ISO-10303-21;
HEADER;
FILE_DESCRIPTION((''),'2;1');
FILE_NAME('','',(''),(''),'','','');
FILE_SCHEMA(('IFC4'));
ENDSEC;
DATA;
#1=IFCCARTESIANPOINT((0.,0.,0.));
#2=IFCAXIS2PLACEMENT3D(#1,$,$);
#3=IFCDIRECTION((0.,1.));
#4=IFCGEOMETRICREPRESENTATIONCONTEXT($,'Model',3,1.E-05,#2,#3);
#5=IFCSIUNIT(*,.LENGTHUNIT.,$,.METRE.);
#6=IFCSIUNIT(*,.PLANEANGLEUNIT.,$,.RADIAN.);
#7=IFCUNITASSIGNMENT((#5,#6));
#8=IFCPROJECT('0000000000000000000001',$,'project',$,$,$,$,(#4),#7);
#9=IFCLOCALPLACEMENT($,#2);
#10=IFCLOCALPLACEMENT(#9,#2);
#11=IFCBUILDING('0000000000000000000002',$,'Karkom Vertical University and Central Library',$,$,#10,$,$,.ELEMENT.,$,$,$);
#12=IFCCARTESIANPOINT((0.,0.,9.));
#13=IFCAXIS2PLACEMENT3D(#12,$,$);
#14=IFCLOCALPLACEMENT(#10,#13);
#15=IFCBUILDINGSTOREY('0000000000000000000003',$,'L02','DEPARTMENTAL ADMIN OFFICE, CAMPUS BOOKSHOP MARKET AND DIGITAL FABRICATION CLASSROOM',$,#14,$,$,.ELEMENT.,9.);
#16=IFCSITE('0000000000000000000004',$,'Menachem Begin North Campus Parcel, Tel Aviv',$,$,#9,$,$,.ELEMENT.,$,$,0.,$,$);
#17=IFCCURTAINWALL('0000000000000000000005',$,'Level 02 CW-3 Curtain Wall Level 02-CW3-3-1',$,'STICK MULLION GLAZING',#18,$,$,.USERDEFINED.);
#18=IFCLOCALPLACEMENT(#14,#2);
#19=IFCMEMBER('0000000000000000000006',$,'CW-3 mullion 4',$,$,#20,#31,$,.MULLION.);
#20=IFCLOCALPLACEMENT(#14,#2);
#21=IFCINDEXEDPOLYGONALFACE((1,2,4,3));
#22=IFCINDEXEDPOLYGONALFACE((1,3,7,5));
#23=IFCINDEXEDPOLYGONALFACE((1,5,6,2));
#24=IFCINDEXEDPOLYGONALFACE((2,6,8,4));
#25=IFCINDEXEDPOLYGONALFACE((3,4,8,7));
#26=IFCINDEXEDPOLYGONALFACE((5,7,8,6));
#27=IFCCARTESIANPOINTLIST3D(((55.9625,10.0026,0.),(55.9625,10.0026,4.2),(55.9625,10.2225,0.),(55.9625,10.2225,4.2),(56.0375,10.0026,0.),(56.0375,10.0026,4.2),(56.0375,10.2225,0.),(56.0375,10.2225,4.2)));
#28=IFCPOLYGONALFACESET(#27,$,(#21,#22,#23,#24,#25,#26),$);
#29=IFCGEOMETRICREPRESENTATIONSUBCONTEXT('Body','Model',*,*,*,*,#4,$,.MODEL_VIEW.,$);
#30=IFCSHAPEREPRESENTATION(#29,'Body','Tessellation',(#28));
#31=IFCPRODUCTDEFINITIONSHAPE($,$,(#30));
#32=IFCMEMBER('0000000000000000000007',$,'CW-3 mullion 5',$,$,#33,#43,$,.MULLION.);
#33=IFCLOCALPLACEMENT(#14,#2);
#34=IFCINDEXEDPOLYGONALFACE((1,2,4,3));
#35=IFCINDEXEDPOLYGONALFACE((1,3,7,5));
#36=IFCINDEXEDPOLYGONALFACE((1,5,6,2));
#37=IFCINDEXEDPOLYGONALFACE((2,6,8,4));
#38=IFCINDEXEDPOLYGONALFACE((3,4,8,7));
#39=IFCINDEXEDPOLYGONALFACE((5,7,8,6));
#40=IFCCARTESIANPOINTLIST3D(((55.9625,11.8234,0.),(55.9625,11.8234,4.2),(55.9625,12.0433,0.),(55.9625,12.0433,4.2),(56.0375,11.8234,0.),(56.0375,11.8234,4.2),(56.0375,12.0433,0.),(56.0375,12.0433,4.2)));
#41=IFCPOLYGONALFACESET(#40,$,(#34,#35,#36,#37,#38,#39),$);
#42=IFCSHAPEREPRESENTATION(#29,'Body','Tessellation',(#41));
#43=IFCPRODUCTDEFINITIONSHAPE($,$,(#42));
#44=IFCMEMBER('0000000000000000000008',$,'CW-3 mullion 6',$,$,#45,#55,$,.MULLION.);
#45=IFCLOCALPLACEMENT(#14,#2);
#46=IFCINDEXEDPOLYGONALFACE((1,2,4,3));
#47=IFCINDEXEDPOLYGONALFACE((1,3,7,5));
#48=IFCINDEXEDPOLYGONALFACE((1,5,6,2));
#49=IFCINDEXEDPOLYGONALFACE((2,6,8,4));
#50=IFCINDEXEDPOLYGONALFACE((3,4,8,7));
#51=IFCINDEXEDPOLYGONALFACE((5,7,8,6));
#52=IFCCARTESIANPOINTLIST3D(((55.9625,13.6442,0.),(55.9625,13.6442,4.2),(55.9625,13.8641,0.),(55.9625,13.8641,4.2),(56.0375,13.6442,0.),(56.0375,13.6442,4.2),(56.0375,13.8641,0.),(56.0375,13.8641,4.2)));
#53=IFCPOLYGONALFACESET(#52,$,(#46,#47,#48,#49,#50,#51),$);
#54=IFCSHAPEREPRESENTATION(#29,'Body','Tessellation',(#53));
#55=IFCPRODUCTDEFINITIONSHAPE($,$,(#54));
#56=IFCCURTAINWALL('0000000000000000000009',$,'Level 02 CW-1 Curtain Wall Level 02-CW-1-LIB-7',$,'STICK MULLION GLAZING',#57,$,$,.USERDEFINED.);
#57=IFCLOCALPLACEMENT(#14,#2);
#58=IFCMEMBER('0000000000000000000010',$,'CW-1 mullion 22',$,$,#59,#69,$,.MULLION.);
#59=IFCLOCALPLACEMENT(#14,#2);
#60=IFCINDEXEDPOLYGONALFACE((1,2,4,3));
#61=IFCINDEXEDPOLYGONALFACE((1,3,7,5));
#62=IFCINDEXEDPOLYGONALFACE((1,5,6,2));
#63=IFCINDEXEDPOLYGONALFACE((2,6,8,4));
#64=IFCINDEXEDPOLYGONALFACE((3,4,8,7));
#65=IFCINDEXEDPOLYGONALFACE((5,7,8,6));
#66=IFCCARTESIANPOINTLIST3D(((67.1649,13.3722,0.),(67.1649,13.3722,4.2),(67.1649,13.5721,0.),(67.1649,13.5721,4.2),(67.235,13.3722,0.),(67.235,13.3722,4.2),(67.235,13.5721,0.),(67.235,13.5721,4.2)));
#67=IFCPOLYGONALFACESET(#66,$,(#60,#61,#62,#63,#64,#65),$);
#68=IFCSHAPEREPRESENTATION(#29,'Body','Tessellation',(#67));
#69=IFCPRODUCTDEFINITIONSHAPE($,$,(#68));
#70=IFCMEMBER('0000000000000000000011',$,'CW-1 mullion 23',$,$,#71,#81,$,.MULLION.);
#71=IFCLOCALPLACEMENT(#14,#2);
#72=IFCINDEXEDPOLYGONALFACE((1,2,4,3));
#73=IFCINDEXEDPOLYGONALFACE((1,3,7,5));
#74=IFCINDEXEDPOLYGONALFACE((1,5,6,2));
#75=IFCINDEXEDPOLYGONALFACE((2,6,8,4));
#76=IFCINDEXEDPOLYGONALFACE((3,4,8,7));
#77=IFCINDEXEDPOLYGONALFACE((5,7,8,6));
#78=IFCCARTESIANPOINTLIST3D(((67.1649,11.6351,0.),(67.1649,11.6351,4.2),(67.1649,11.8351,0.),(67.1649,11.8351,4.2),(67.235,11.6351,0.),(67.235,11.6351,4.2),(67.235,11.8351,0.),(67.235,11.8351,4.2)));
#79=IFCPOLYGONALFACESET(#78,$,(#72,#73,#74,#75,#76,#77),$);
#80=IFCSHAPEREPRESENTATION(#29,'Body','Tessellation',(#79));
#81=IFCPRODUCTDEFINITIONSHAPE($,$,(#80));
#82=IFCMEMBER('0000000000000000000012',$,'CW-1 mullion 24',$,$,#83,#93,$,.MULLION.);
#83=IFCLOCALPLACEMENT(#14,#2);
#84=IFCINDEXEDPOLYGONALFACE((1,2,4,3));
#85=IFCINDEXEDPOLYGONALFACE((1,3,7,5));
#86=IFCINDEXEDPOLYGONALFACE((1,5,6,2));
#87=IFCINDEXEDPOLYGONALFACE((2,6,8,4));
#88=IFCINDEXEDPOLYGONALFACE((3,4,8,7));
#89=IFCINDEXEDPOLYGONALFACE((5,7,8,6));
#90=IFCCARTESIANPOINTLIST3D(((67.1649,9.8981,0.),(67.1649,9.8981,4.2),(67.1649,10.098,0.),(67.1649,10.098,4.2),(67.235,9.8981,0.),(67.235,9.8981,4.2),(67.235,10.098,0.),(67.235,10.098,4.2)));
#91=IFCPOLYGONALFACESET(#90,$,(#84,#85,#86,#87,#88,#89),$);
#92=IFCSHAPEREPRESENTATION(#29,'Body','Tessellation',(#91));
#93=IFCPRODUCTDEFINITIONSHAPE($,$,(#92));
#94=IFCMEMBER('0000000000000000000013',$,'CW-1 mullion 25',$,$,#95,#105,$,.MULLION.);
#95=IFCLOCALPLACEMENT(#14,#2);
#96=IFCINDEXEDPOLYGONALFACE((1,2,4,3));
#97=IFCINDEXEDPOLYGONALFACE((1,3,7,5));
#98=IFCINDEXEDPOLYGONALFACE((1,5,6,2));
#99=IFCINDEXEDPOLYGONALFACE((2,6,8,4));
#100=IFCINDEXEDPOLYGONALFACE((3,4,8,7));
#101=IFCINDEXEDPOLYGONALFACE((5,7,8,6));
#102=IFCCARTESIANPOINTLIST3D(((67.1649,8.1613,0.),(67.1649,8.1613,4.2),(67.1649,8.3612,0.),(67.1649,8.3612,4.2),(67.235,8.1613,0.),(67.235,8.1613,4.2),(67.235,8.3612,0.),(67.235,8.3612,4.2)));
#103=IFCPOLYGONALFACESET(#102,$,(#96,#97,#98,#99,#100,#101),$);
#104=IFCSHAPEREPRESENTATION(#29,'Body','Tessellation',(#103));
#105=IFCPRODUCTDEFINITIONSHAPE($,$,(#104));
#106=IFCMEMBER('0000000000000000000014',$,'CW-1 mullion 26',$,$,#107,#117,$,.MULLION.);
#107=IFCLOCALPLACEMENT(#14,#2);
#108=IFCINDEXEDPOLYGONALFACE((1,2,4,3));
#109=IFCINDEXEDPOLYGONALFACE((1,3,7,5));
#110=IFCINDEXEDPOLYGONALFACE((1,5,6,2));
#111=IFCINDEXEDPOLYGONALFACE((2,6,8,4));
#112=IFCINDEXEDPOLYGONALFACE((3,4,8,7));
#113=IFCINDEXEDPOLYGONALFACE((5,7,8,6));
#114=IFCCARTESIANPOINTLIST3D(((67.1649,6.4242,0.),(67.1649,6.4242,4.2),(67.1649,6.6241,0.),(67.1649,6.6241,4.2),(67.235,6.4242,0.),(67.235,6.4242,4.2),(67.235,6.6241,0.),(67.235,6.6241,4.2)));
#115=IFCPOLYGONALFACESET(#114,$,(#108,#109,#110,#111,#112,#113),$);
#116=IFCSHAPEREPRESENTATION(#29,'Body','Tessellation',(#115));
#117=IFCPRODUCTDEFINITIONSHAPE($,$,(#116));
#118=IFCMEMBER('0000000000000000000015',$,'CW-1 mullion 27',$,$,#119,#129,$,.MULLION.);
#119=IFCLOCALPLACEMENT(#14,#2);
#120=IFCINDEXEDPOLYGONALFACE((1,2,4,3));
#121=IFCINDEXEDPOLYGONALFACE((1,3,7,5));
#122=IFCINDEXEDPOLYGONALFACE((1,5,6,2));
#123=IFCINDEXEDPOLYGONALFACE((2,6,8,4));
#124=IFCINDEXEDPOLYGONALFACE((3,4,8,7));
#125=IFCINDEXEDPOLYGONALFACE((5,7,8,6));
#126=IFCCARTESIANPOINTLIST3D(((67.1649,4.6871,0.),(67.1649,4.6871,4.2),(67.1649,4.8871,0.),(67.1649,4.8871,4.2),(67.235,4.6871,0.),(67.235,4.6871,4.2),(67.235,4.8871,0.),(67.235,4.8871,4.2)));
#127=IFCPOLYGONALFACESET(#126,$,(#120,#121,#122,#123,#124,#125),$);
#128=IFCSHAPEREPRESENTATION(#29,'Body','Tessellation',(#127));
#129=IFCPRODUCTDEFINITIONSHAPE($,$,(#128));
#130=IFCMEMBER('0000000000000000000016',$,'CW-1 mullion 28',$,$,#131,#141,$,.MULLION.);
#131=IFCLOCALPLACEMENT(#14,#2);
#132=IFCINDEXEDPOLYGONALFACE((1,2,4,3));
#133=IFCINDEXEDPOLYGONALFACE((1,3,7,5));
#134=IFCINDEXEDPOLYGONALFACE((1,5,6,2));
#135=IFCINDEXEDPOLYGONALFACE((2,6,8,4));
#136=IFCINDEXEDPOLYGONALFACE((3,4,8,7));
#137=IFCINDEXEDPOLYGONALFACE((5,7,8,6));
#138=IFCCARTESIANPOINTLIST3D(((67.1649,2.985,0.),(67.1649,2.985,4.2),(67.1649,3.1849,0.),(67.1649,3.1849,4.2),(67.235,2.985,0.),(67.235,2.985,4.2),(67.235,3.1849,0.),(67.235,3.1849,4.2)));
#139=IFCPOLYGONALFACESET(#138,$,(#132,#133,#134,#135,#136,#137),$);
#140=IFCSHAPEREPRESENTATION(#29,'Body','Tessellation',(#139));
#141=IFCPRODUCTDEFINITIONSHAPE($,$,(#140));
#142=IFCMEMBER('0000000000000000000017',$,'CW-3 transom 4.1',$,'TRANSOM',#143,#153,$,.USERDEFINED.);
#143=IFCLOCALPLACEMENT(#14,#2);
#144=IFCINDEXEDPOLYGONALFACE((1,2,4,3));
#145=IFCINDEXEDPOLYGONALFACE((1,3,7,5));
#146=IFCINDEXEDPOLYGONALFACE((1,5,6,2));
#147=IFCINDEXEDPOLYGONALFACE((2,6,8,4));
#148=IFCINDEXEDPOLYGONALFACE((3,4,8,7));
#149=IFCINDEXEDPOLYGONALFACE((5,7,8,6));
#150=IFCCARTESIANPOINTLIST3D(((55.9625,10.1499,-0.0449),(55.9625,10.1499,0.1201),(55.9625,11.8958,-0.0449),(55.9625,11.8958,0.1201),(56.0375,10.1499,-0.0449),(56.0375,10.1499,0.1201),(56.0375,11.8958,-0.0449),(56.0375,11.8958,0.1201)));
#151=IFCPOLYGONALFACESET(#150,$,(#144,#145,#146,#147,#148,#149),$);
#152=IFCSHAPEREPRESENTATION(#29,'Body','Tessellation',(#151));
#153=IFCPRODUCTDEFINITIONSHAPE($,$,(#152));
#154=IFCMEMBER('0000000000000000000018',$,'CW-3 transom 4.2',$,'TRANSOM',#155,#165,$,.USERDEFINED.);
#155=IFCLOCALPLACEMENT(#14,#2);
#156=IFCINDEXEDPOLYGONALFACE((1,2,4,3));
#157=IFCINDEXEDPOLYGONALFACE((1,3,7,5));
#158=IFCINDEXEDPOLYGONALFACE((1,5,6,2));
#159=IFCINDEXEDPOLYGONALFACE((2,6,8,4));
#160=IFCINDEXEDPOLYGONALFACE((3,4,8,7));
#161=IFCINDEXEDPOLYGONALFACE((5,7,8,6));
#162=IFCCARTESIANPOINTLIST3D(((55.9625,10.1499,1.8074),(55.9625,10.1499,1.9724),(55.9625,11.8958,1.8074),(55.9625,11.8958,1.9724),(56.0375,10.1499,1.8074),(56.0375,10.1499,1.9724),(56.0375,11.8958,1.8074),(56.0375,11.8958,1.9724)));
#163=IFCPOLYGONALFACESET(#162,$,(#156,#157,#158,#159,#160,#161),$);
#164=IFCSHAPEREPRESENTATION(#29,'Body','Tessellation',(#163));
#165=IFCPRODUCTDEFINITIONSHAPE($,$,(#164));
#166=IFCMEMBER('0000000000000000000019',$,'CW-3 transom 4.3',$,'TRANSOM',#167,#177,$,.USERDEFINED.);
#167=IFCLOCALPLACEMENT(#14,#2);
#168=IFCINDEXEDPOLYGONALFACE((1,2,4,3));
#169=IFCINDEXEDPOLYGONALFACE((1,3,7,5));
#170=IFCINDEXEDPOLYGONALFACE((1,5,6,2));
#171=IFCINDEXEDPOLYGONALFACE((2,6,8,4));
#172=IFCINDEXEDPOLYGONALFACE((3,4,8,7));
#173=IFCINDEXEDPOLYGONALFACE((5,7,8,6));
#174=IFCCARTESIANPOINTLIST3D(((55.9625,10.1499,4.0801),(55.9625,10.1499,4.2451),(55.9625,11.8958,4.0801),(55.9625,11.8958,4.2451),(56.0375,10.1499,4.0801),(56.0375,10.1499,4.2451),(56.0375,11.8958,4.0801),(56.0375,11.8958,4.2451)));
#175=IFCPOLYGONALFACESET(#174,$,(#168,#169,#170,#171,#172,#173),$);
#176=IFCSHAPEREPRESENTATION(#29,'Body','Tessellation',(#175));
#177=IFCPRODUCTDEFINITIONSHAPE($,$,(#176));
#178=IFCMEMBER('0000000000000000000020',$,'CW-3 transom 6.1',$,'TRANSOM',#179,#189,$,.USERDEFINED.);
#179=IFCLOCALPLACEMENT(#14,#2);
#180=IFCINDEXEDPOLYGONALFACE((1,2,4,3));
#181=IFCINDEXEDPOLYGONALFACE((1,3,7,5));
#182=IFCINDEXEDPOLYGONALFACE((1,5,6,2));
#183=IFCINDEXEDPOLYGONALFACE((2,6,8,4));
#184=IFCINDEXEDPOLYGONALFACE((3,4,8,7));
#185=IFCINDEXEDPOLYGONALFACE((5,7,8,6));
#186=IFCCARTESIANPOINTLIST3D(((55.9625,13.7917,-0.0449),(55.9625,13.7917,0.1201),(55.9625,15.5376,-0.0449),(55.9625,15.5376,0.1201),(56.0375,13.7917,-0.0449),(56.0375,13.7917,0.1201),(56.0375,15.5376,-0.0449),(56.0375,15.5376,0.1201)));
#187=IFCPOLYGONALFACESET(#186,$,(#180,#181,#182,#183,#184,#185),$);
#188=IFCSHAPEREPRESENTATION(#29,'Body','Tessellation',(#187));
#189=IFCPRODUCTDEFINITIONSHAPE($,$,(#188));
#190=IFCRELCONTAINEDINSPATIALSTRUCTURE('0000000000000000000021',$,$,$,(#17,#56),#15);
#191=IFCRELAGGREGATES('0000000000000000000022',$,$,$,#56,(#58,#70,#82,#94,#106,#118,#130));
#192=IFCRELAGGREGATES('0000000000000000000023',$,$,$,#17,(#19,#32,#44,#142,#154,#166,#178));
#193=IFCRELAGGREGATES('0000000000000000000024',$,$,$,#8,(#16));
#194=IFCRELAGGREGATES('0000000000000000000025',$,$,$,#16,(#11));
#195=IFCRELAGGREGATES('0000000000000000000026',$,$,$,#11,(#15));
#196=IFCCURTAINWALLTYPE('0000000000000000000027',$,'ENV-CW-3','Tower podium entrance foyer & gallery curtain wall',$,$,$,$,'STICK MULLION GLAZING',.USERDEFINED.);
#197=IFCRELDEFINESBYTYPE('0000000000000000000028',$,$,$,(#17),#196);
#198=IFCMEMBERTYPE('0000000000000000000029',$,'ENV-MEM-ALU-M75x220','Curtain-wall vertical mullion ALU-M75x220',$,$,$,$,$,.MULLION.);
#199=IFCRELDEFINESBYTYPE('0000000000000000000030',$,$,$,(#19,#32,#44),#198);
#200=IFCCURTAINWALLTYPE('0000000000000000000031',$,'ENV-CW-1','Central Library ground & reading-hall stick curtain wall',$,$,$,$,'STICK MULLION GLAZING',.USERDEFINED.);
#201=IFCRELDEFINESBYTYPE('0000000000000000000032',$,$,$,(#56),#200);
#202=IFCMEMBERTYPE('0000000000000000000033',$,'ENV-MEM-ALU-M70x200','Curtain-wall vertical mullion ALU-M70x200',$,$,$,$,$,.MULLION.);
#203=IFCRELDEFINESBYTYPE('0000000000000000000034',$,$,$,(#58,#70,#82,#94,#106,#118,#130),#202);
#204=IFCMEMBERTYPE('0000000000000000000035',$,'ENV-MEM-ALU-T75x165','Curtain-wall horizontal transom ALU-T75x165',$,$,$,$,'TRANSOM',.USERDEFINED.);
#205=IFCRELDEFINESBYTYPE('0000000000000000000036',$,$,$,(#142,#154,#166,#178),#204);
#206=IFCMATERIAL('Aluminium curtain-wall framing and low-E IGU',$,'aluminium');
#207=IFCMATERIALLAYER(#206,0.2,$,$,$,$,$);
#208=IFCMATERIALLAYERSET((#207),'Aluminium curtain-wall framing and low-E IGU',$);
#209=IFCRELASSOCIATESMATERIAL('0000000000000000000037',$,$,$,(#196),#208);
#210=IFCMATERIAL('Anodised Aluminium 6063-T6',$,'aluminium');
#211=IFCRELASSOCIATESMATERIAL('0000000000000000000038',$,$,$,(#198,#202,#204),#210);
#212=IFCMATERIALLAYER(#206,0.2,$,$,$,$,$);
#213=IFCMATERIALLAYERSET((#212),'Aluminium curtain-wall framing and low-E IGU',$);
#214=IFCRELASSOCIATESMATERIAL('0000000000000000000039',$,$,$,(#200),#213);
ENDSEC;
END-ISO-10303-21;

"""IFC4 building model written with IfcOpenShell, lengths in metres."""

from ifc_helpers import new_model, si_unit, direction, frame, origin, origin_with_axes, origin_2d, place, context, subcontext, project, spatial, rectangle, extrude, source, transform, mapped, material, layer, layer_set, material_profile, profile_set, type_object, element, aggregate, save


model = new_model("IFC4")

# Units and contexts
model_context = context("Model", 3, precision=1e-05, world=origin(), true_north=direction((0.0, 1.0)))
body_context = subcontext(model_context, "Body", "Model", "MODEL_VIEW")
ifc_project = project(units=[si_unit("LENGTHUNIT", "METRE"), si_unit("PLANEANGLEUNIT", "RADIAN")], contexts=[model_context])

# Site, building, storey
site_placement = place(None, origin())
site = spatial("IfcSite", under=ifc_project, at=site_placement, Name="Menachem Begin North Campus Parcel, Tel Aviv", CompositionType="ELEMENT", RefElevation=0.0)
building_placement = place(site_placement, origin())
building = spatial("IfcBuilding", under=site, at=building_placement, Name="Karkom Vertical University and Central Library", CompositionType="ELEMENT")
storey_placement = place(building_placement, frame((0.0, 0.0, 9.0)))
storey = spatial("IfcBuildingStorey", under=building, at=storey_placement, Name="L02", Description="DEPARTMENTAL ADMIN OFFICE, CAMPUS BOOKSHOP MARKET AND DIGITAL FABRICATION CLASSROOM", CompositionType="ELEMENT", Elevation=9.0)

# Curtain walls, members
ifc_material_1 = material(Name="Aluminium curtain-wall framing and low-E IGU", Category="aluminium")
ifc_layer_1 = layer(ifc_material_1, 0.2)
ifc_layer_set_1 = layer_set([ifc_layer_1], Name="Aluminium curtain-wall framing and low-E IGU")
curtain_wall_type_1 = type_object("IfcCurtainWallType", Name="ENV-CW-3", Description="Tower podium entrance foyer & gallery curtain wall", ElementType="STICK MULLION GLAZING", PredefinedType="USERDEFINED", material=ifc_layer_set_1)
curtain_wall_1_placement = place(storey_placement, origin())
curtain_wall_1 = element("IfcCurtainWall", 1, at=curtain_wall_1_placement, inside=storey, type_object=curtain_wall_type_1, Name="Level 02 CW-3 Curtain Wall Level 02-CW3-3-1", ObjectType="STICK MULLION GLAZING", PredefinedType="USERDEFINED")
ifc_material_2 = material(Name="Anodised Aluminium 6063-T6", Category="aluminium")
ifc_material_profile_1 = material_profile(ifc_material_2, rectangle(XDim=0.075, YDim=0.22, at=origin_2d()), Name="ALU-M75x220")
ifc_profile_set_1 = profile_set([ifc_material_profile_1], Name="Anodised Aluminium 6063-T6")
member_type_1 = type_object("IfcMemberType", Name="ENV-MEM-ALU-M75x220", Description="Curtain-wall vertical mullion ALU-M75x220", PredefinedType="MULLION", material=ifc_profile_set_1)
shared_shape_1 = source(origin_with_axes(), body_context, "Body", "SweptSolid", [
    extrude(rectangle(XDim=0.075, YDim=0.22, at=origin_2d()), origin(), (0.0, 0.0, 1.0), 4.2),
])
member_1_placement = place(storey_placement, frame((56.0, 10.1125, 0.0), z_axis=(0.0, 0.0, 1.0), x_axis=(-1.0, 0.0, 0.0)))
member_1 = element("IfcMember", 2, at=member_1_placement, type_object=member_type_1, Name="CW-3 mullion 4", PredefinedType="MULLION", context=body_context, shape_type="MappedRepresentation", body=[
    mapped(shared_shape_1, transform((0.0, 0.0, 0.0), scale=1.0)),
])
member_2_placement = place(storey_placement, frame((56.0, 11.9333, 0.0), z_axis=(0.0, 0.0, 1.0), x_axis=(-1.0, 0.0, 0.0)))
member_2 = element("IfcMember", 3, at=member_2_placement, type_object=member_type_1, Name="CW-3 mullion 5", PredefinedType="MULLION", context=body_context, shape_type="MappedRepresentation", body=[
    mapped(shared_shape_1, transform((0.0, 0.0, 0.0), scale=1.0)),
])
member_3_placement = place(storey_placement, frame((56.0, 13.7542, 0.0), z_axis=(0.0, 0.0, 1.0), x_axis=(-1.0, 0.0, 0.0)))
member_3 = element("IfcMember", 4, at=member_3_placement, type_object=member_type_1, Name="CW-3 mullion 6", PredefinedType="MULLION", context=body_context, shape_type="MappedRepresentation", body=[
    mapped(shared_shape_1, transform((0.0, 0.0, 0.0), scale=1.0)),
])
ifc_layer_2 = layer(ifc_material_1, 0.2)
ifc_layer_set_2 = layer_set([ifc_layer_2], Name="Aluminium curtain-wall framing and low-E IGU")
curtain_wall_type_2 = type_object("IfcCurtainWallType", Name="ENV-CW-1", Description="Central Library ground & reading-hall stick curtain wall", ElementType="STICK MULLION GLAZING", PredefinedType="USERDEFINED", material=ifc_layer_set_2)
curtain_wall_2_placement = place(storey_placement, origin())
curtain_wall_2 = element("IfcCurtainWall", 5, at=curtain_wall_2_placement, inside=storey, type_object=curtain_wall_type_2, Name="Level 02 CW-1 Curtain Wall Level 02-CW-1-LIB-7", ObjectType="STICK MULLION GLAZING", PredefinedType="USERDEFINED")
ifc_material_profile_2 = material_profile(ifc_material_2, rectangle(XDim=0.0701, YDim=0.2, at=origin_2d()), Name="ALU-M70x200")
ifc_profile_set_2 = profile_set([ifc_material_profile_2], Name="Anodised Aluminium 6063-T6")
member_type_2 = type_object("IfcMemberType", Name="ENV-MEM-ALU-M70x200", Description="Curtain-wall vertical mullion ALU-M70x200", PredefinedType="MULLION", material=ifc_profile_set_2)
shared_shape_2 = source(origin_with_axes(), body_context, "Body", "SweptSolid", [
    extrude(rectangle(XDim=0.0701, YDim=0.2, at=origin_2d()), origin(), (0.0, 0.0, 1.0), 4.2),
])
member_4_placement = place(storey_placement, frame((67.2, 13.4722, 0.0), z_axis=(0.0, 0.0, 1.0), x_axis=(1.0, 0.0, 0.0)))
member_4 = element("IfcMember", 6, at=member_4_placement, type_object=member_type_2, Name="CW-1 mullion 22", PredefinedType="MULLION", context=body_context, shape_type="MappedRepresentation", body=[
    mapped(shared_shape_2, transform((0.0, 0.0, 0.0), scale=1.0)),
])
member_5_placement = place(storey_placement, frame((67.2, 11.7351, 0.0), z_axis=(0.0, 0.0, 1.0), x_axis=(1.0, 0.0, 0.0)))
member_5 = element("IfcMember", 7, at=member_5_placement, type_object=member_type_2, Name="CW-1 mullion 23", PredefinedType="MULLION", context=body_context, shape_type="MappedRepresentation", body=[
    mapped(shared_shape_2, transform((0.0, 0.0, 0.0), scale=1.0)),
])
member_6_placement = place(storey_placement, frame((67.2, 9.998, 0.0), z_axis=(0.0, 0.0, 1.0), x_axis=(1.0, 0.0, 0.0)))
member_6 = element("IfcMember", 8, at=member_6_placement, type_object=member_type_2, Name="CW-1 mullion 24", PredefinedType="MULLION", context=body_context, shape_type="MappedRepresentation", body=[
    mapped(shared_shape_2, transform((0.0, 0.0, 0.0), scale=1.0)),
])
member_7_placement = place(storey_placement, frame((67.2, 8.2612, 0.0), z_axis=(0.0, 0.0, 1.0), x_axis=(1.0, 0.0, 0.0)))
member_7 = element("IfcMember", 9, at=member_7_placement, type_object=member_type_2, Name="CW-1 mullion 25", PredefinedType="MULLION", context=body_context, shape_type="MappedRepresentation", body=[
    mapped(shared_shape_2, transform((0.0, 0.0, 0.0), scale=1.0)),
])
member_8_placement = place(storey_placement, frame((67.2, 6.5242, 0.0), z_axis=(0.0, 0.0, 1.0), x_axis=(1.0, 0.0, 0.0)))
member_8 = element("IfcMember", 10, at=member_8_placement, type_object=member_type_2, Name="CW-1 mullion 26", PredefinedType="MULLION", context=body_context, shape_type="MappedRepresentation", body=[
    mapped(shared_shape_2, transform((0.0, 0.0, 0.0), scale=1.0)),
])
member_9_placement = place(storey_placement, frame((67.2, 4.7871, 0.0), z_axis=(0.0, 0.0, 1.0), x_axis=(1.0, 0.0, 0.0)))
member_9 = element("IfcMember", 11, at=member_9_placement, type_object=member_type_2, Name="CW-1 mullion 27", PredefinedType="MULLION", context=body_context, shape_type="MappedRepresentation", body=[
    mapped(shared_shape_2, transform((0.0, 0.0, 0.0), scale=1.0)),
])
member_10_placement = place(storey_placement, frame((67.2, 3.085, 0.0), z_axis=(0.0, 0.0, 1.0), x_axis=(1.0, 0.0, 0.0)))
member_10 = element("IfcMember", 12, at=member_10_placement, type_object=member_type_2, Name="CW-1 mullion 28", PredefinedType="MULLION", context=body_context, shape_type="MappedRepresentation", body=[
    mapped(shared_shape_2, transform((0.0, 0.0, 0.0), scale=1.0)),
])
aggregate(curtain_wall_2, [member_4, member_5, member_6, member_7, member_8, member_9, member_10])

# Members
ifc_material_profile_3 = material_profile(ifc_material_2, rectangle(XDim=0.075, YDim=0.165, at=origin_2d()), Name="ALU-T75x165")
ifc_profile_set_3 = profile_set([ifc_material_profile_3], Name="Anodised Aluminium 6063-T6")
member_type_3 = type_object("IfcMemberType", Name="ENV-MEM-ALU-T75x165", Description="Curtain-wall horizontal transom ALU-T75x165", ElementType="TRANSOM", PredefinedType="USERDEFINED", material=ifc_profile_set_3)
shared_shape_3 = source(origin_with_axes(), body_context, "Body", "SweptSolid", [
    extrude(rectangle(XDim=0.075, YDim=0.165, at=origin_2d()), origin(), (0.0, 0.0, 1.0), 1.7458),
])
member_11_placement = place(storey_placement, frame((56.0, 10.1499, 0.0376), z_axis=(0.0, 1.0, 0.0), x_axis=(-1.0, 0.0, 0.0)))
member_11 = element("IfcMember", 13, at=member_11_placement, type_object=member_type_3, Name="CW-3 transom 4.1", ObjectType="TRANSOM", PredefinedType="USERDEFINED", context=body_context, shape_type="MappedRepresentation", body=[
    mapped(shared_shape_3, transform((0.0, 0.0, 0.0), scale=1.0)),
])
member_12_placement = place(storey_placement, frame((56.0, 10.1499, 1.8899), z_axis=(0.0, 1.0, 0.0), x_axis=(-1.0, 0.0, 0.0)))
member_12 = element("IfcMember", 14, at=member_12_placement, type_object=member_type_3, Name="CW-3 transom 4.2", ObjectType="TRANSOM", PredefinedType="USERDEFINED", context=body_context, shape_type="MappedRepresentation", body=[
    mapped(shared_shape_3, transform((0.0, 0.0, 0.0), scale=1.0)),
])
member_13_placement = place(storey_placement, frame((56.0, 10.1499, 4.1626), z_axis=(0.0, 1.0, 0.0), x_axis=(-1.0, 0.0, 0.0)))
member_13 = element("IfcMember", 15, at=member_13_placement, type_object=member_type_3, Name="CW-3 transom 4.3", ObjectType="TRANSOM", PredefinedType="USERDEFINED", context=body_context, shape_type="MappedRepresentation", body=[
    mapped(shared_shape_3, transform((0.0, 0.0, 0.0), scale=1.0)),
])
member_14_placement = place(storey_placement, frame((56.0, 13.7917, 0.0376), z_axis=(0.0, 1.0, 0.0), x_axis=(-1.0, 0.0, 0.0)))
member_14 = element("IfcMember", 16, at=member_14_placement, type_object=member_type_3, Name="CW-3 transom 6.1", ObjectType="TRANSOM", PredefinedType="USERDEFINED", context=body_context, shape_type="MappedRepresentation", body=[
    mapped(shared_shape_3, transform((0.0, 0.0, 0.0), scale=1.0)),
])

aggregate(curtain_wall_1, [member_1, member_2, member_3, member_11, member_12, member_13, member_14])

save(model, "model.ifc")
